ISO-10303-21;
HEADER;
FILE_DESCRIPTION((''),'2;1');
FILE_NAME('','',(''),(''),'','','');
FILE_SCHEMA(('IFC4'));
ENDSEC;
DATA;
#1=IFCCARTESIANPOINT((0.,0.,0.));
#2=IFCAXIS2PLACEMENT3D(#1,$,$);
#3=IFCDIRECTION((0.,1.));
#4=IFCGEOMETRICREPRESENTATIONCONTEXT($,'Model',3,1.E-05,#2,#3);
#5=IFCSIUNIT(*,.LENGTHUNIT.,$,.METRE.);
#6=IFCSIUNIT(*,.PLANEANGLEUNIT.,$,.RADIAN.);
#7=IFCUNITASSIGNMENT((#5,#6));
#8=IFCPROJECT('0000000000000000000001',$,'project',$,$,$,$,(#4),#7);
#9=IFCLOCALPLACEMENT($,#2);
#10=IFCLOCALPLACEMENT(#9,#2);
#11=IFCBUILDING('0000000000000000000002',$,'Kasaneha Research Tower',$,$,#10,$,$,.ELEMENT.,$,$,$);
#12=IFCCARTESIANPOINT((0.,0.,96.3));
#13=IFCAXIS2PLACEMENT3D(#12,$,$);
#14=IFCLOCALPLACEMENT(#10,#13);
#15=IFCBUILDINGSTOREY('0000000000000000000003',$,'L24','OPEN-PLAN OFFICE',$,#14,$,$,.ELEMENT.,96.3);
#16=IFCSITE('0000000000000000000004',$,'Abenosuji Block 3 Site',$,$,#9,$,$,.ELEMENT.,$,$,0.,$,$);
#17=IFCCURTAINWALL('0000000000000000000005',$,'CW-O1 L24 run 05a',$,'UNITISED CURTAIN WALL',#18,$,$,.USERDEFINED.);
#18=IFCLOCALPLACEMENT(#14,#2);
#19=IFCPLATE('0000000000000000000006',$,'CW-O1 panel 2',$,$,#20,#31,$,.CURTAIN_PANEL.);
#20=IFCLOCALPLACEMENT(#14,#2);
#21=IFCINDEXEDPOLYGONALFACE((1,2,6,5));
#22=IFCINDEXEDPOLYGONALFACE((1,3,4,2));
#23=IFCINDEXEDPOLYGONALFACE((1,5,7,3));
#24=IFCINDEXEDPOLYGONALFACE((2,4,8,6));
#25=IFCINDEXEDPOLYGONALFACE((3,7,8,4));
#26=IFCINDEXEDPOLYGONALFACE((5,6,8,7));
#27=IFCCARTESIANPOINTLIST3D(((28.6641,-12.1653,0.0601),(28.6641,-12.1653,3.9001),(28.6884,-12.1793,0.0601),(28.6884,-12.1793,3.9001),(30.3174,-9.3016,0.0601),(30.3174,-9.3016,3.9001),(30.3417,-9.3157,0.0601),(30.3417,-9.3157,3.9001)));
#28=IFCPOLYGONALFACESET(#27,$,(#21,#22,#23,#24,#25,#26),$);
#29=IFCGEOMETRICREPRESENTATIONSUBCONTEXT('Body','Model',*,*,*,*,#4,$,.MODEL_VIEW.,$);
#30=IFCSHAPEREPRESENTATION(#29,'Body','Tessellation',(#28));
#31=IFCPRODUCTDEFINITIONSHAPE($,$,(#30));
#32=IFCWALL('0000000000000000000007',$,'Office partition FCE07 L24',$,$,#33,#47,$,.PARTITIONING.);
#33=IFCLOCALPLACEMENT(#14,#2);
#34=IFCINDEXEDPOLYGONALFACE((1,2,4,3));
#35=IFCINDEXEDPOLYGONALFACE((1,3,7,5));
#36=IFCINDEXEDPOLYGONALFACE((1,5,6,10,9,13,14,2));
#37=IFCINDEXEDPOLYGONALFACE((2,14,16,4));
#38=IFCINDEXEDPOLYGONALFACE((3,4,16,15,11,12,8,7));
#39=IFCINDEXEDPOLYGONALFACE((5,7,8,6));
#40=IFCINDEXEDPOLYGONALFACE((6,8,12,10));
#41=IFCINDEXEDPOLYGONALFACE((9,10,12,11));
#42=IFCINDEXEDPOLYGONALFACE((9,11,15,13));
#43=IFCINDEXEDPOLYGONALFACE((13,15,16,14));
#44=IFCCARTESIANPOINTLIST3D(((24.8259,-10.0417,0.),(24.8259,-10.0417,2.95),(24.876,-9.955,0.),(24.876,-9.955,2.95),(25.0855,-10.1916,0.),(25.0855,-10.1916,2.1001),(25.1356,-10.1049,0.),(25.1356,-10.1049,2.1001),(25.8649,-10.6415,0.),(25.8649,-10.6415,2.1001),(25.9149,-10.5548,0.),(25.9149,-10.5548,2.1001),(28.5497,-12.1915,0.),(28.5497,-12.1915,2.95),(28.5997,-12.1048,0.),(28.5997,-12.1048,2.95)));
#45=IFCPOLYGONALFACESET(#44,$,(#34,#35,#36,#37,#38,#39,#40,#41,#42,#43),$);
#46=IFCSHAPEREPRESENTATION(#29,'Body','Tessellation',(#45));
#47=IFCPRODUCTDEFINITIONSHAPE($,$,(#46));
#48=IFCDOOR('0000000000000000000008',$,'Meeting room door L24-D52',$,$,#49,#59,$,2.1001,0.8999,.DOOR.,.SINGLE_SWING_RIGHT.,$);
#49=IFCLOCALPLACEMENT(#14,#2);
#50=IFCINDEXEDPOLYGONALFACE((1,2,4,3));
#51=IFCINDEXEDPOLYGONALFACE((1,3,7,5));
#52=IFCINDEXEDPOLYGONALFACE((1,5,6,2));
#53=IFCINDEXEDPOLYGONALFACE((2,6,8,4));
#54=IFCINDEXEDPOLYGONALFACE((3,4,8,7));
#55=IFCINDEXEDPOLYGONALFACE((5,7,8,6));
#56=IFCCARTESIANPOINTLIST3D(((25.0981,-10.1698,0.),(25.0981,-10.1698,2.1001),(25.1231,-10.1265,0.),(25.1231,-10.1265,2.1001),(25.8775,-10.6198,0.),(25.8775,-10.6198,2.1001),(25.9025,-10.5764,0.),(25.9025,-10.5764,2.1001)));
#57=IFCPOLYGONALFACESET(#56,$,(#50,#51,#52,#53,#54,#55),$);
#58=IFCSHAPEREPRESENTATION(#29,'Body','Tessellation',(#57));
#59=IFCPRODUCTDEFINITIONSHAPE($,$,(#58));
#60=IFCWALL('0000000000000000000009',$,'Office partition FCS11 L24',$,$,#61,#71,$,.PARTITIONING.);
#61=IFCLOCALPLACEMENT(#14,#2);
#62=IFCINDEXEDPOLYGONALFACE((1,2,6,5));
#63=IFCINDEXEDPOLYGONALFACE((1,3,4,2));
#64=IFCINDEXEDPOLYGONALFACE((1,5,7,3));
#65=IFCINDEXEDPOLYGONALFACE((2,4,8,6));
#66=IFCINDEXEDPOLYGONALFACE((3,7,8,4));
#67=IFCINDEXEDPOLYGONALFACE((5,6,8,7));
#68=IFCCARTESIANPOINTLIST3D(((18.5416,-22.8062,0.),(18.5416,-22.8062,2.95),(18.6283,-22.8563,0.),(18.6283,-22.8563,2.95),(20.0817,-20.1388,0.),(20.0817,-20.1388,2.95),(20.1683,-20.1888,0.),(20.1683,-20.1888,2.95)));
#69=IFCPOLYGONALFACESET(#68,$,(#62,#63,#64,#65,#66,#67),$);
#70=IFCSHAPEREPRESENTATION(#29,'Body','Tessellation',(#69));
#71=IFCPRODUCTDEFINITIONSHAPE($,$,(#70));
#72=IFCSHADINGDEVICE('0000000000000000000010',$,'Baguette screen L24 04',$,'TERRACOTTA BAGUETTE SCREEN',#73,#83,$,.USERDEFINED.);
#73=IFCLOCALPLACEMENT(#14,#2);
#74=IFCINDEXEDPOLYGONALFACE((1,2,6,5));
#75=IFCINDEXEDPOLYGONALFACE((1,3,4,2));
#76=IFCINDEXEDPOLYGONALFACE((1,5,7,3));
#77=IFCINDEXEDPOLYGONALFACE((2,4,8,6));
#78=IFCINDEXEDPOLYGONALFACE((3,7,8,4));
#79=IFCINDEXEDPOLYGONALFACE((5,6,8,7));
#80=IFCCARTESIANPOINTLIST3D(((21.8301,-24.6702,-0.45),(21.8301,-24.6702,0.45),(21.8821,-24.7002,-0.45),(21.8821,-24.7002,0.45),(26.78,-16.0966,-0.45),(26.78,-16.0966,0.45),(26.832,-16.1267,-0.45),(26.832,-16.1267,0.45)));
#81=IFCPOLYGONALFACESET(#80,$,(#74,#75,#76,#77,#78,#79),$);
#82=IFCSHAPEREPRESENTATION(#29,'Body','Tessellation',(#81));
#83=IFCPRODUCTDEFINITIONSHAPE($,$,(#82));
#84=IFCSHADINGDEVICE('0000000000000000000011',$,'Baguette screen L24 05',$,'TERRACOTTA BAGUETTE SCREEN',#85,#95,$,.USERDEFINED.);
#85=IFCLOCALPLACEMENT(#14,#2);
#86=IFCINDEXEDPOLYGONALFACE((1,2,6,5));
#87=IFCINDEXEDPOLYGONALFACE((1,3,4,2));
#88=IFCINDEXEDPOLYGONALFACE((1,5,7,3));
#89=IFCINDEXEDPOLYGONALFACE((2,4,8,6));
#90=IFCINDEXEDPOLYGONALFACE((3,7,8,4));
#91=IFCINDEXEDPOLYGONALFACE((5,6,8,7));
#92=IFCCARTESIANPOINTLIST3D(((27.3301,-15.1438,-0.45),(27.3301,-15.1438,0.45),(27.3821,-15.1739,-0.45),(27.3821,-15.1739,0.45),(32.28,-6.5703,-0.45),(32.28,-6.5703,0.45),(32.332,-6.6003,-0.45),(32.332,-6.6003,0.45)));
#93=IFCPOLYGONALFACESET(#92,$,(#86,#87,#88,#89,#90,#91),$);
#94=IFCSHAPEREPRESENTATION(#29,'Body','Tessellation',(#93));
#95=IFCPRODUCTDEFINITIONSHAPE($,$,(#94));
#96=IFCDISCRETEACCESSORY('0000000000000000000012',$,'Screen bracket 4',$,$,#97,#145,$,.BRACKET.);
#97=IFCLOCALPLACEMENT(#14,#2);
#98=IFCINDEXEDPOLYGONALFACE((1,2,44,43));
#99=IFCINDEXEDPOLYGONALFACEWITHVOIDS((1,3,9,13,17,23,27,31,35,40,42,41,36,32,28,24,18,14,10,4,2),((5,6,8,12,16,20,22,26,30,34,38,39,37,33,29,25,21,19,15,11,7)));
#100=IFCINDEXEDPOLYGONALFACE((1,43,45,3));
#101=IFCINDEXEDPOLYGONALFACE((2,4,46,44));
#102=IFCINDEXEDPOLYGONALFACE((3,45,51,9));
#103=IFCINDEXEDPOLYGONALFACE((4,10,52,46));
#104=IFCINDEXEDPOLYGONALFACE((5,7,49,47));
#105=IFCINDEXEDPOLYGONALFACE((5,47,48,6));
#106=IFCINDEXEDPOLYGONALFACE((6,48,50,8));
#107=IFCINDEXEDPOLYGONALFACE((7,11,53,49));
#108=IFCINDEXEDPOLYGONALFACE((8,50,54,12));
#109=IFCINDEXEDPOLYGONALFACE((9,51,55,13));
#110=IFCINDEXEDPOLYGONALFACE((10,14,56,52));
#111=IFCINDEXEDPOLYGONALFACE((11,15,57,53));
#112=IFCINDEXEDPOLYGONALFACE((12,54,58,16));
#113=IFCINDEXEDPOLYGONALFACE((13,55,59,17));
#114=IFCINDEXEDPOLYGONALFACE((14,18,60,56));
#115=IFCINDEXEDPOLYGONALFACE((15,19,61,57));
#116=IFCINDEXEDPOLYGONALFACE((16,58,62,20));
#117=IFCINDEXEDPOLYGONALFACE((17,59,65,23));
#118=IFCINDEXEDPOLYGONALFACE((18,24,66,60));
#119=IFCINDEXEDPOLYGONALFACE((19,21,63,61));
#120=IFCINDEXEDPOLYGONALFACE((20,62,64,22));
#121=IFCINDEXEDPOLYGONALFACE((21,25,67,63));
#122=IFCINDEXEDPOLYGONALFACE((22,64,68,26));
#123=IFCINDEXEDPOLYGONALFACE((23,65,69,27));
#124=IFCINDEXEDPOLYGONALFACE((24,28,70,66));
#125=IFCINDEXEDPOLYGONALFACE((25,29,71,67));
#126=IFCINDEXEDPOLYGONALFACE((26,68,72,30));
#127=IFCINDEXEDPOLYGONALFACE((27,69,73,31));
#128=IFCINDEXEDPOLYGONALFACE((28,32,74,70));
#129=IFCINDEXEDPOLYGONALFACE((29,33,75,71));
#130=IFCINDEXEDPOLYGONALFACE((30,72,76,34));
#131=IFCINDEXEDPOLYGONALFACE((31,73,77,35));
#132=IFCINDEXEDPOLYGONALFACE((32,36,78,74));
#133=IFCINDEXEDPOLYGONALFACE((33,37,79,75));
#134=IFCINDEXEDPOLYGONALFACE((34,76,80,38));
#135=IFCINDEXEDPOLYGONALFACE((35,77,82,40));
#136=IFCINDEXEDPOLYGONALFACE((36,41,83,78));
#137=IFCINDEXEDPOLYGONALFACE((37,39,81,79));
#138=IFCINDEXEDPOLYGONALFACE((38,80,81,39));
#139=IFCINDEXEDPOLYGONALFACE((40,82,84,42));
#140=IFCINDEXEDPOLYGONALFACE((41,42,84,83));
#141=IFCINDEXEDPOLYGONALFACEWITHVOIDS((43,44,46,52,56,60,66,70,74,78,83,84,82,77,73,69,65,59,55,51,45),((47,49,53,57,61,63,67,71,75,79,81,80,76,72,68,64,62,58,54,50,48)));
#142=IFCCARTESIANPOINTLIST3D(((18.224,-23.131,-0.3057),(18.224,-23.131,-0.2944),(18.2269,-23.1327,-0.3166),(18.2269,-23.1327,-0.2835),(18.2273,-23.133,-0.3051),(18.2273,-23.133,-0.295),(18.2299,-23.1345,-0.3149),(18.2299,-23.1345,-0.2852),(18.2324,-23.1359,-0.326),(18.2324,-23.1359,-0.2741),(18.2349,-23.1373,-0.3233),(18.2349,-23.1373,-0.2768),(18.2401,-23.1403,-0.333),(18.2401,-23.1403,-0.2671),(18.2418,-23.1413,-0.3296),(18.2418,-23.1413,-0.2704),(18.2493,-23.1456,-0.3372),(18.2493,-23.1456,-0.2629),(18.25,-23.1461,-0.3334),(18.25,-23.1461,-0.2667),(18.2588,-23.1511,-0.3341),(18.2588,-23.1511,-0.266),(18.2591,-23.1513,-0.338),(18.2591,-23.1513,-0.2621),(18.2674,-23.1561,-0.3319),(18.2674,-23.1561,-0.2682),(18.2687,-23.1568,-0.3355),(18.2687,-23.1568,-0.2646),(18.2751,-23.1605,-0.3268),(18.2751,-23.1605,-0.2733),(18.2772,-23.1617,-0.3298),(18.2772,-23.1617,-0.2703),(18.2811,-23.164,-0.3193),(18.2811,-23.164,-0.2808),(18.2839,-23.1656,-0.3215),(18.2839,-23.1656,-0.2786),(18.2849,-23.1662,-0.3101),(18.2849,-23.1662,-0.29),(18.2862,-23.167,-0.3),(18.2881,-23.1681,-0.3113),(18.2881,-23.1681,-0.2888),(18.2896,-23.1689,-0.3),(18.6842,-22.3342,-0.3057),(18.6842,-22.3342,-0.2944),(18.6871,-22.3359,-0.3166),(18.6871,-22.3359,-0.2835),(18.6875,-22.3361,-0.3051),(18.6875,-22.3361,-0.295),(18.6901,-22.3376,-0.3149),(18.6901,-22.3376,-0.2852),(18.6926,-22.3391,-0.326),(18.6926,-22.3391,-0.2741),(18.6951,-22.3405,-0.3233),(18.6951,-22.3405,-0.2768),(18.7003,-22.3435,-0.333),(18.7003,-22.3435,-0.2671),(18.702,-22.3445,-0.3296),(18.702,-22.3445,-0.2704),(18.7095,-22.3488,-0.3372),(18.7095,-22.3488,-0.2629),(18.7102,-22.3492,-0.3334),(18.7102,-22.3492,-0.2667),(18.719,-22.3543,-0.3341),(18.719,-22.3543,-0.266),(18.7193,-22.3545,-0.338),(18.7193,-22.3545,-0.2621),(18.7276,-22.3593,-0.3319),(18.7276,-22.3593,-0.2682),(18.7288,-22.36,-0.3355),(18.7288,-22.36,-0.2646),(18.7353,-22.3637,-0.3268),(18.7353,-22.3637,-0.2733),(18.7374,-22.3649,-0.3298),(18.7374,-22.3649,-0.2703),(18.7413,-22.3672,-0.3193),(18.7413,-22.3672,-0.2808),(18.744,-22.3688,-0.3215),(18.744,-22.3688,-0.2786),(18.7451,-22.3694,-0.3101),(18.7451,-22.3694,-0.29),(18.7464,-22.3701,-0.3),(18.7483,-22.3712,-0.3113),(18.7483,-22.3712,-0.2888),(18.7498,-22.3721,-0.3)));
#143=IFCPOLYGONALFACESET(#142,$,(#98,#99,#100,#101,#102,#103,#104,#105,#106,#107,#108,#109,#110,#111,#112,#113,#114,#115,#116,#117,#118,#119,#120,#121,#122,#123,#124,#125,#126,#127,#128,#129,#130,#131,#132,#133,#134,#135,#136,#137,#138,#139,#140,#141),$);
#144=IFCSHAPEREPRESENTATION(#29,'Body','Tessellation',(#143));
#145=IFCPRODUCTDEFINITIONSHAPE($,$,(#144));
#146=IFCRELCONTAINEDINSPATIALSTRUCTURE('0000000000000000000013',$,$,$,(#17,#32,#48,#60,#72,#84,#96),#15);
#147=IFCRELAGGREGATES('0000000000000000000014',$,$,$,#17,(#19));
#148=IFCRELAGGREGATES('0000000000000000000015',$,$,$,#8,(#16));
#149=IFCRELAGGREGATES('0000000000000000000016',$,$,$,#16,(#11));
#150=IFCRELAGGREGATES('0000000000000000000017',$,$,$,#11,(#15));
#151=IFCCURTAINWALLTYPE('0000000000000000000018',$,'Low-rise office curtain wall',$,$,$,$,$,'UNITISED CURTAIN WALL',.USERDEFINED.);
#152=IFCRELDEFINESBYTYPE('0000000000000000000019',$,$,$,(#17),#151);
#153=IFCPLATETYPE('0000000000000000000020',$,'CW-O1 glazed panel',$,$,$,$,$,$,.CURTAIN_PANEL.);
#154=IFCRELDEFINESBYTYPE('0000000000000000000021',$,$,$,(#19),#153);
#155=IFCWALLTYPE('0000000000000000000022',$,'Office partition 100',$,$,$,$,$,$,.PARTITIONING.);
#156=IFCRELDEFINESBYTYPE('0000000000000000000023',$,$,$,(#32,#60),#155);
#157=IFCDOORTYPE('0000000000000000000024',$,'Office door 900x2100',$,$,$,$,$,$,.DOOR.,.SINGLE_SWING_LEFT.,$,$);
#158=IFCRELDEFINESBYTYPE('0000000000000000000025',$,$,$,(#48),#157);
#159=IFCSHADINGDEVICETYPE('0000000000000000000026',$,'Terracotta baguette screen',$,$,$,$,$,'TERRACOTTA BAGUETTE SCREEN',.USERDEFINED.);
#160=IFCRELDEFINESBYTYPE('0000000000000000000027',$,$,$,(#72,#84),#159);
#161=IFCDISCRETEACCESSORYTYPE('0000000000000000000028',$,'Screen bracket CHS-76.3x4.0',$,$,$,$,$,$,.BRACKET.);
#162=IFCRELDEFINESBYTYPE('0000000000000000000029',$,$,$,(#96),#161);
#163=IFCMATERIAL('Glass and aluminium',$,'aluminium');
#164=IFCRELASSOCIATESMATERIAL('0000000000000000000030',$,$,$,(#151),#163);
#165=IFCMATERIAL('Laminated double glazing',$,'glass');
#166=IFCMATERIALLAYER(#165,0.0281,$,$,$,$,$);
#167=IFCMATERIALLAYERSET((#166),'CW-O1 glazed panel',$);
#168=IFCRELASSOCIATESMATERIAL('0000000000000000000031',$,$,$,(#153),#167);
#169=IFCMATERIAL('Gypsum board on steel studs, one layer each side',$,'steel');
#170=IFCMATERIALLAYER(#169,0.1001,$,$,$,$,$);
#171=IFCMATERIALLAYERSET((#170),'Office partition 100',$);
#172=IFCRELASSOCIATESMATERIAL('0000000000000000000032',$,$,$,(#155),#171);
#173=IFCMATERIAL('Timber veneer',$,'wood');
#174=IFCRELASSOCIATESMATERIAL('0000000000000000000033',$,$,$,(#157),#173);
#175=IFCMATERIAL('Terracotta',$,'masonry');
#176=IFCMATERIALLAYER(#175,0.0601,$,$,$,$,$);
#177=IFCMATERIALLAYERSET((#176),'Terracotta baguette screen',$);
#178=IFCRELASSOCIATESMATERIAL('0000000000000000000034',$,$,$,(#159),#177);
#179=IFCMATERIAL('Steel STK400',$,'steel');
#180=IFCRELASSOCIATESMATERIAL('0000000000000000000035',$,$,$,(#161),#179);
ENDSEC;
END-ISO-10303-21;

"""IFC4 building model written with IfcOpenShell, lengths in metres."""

from ifc_helpers import new_model, si_unit, direction, frame, frame_2d, origin, origin_2d, place, context, subcontext, project, spatial, rectangle, hollow_circle, extrude, material, layer, layer_set, material_profile, profile_set, type_object, element, fill, aggregate, save


model = new_model("IFC4")

# Units and contexts
model_context = context("Model", 3, precision=1e-05, world=origin(), true_north=direction((0.0, 1.0)))
body_context = subcontext(model_context, "Body", "Model", "MODEL_VIEW")
ifc_project = project(units=[si_unit("LENGTHUNIT", "METRE"), si_unit("PLANEANGLEUNIT", "RADIAN")], contexts=[model_context])

# Site, building, storey
site_placement = place(None, origin())
site = spatial("IfcSite", under=ifc_project, at=site_placement, Name="Abenosuji Block 3 Site", CompositionType="ELEMENT", RefElevation=0.0)
building_placement = place(site_placement, origin())
building = spatial("IfcBuilding", under=site, at=building_placement, Name="Kasaneha Research Tower", CompositionType="ELEMENT")
storey_placement = place(building_placement, frame((0.0, 0.0, 96.3)))
storey = spatial("IfcBuildingStorey", under=building, at=storey_placement, Name="L24", Description="OPEN-PLAN OFFICE", CompositionType="ELEMENT", Elevation=96.3)

# Curtain wall
ifc_material_1 = material(Name="Glass and aluminium", Category="aluminium")
curtain_wall_type = type_object("IfcCurtainWallType", Name="Low-rise office curtain wall", ElementType="UNITISED CURTAIN WALL", PredefinedType="USERDEFINED", material=ifc_material_1)
curtain_wall_1_placement = place(storey_placement, origin())
curtain_wall_1 = element("IfcCurtainWall", 1, at=curtain_wall_1_placement, inside=storey, type_object=curtain_wall_type, Name="CW-O1 L24 run 05a", ObjectType="UNITISED CURTAIN WALL", PredefinedType="USERDEFINED")

# Plate
ifc_material_2 = material(Name="Laminated double glazing", Category="glass")
ifc_layer_1 = layer(ifc_material_2, 0.0281)
ifc_layer_set_1 = layer_set([ifc_layer_1], Name="CW-O1 glazed panel")
plate_type = type_object("IfcPlateType", Name="CW-O1 glazed panel", PredefinedType="CURTAIN_PANEL", material=ifc_layer_set_1)
plate_1_placement = place(storey_placement, frame((29.5029, -10.7405, 0.0601), z_axis=(0.0, 0.0, 1.0), x_axis=(0.5, 0.866025, 0.0)))
plate_1 = element("IfcPlate", 2, at=plate_1_placement, type_object=plate_type, Name="CW-O1 panel 2", PredefinedType="CURTAIN_PANEL", context=body_context, shape_type="SweptSolid", body=[
    extrude(rectangle(XDim=3.3066, YDim=0.0281, at=origin_2d()), origin(), (0.0, 0.0, 1.0), 3.8401),
])
aggregate(curtain_wall_1, [plate_1])

# Wall, opening, door
ifc_material_3 = material(Name="Gypsum board on steel studs, one layer each side", Category="steel")
ifc_layer_2 = layer(ifc_material_3, 0.1001)
ifc_layer_set_2 = layer_set([ifc_layer_2], Name="Office partition 100")
wall_type = type_object("IfcWallType", Name="Office partition 100", PredefinedType="PARTITIONING", material=ifc_layer_set_2)
wall_1_placement = place(storey_placement, frame((28.5747, -12.1482, 0.0), z_axis=(0.0, 0.0, 1.0), x_axis=(-0.866033, 0.499986, 0.0)))
wall_1 = element("IfcWall", 3, at=wall_1_placement, inside=storey, type_object=wall_type, Name="Office partition FCE07 L24", PredefinedType="PARTITIONING", context=body_context, shape_type="SweptSolid", body=[
    extrude(rectangle(XDim=4.2998, YDim=0.1001, at=frame_2d((2.1499, 0.0))), origin(), (0.0, 0.0, 1.0), 2.95),
])
opening_placement = place(wall_1_placement, frame((3.1001, 0.0, 0.0)))
opening = element("IfcOpeningElement", 4, at=opening_placement, cuts=wall_1, PredefinedType="OPENING", context=body_context, shape_type="SweptSolid", body=[
    extrude(rectangle(XDim=0.8999, YDim=2.1001, at=frame_2d((0.45, 1.05))), frame((0.0, 0.0601, 0.0), z_axis=(0.0, -1.0, 0.0), x_axis=(1.0, 0.0, 0.0)), (0.0, 0.0, 1.0), 0.1201),
])
ifc_material_4 = material(Name="Timber veneer", Category="wood")
door_type = type_object("IfcDoorType", Name="Office door 900x2100", OperationType="SINGLE_SWING_LEFT", PredefinedType="DOOR", material=ifc_material_4)
door_placement = place(opening_placement, origin())
door = element("IfcDoor", 5, at=door_placement, inside=storey, type_object=door_type, Name="Meeting room door L24-D52", OperationType="SINGLE_SWING_RIGHT", OverallHeight=2.1001, OverallWidth=0.8999, PredefinedType="DOOR", context=body_context, shape_type="SweptSolid", body=[
    extrude(rectangle(XDim=0.8999, YDim=2.1001, at=frame_2d((0.45, 1.05))), frame((0.0, 0.0249, 0.0), z_axis=(0.0, -1.0, 0.0), x_axis=(1.0, 0.0, 0.0)), (0.0, 0.0, 1.0), 0.05),
])
fill(opening, door)

# Wall
wall_2_placement = place(storey_placement, frame((20.125, -20.1638, 0.0), z_axis=(0.0, 0.0, 1.0), x_axis=(-0.499992, -0.86603, 0.0)))
element("IfcWall", 6, at=wall_2_placement, inside=storey, type_object=wall_type, Name="Office partition FCS11 L24", PredefinedType="PARTITIONING", context=body_context, shape_type="SweptSolid", body=[
    extrude(rectangle(XDim=3.0801, YDim=0.1001, at=frame_2d((1.54, 0.0))), origin(), (0.0, 0.0, 1.0), 2.95),
])

# Shading devices
ifc_material_5 = material(Name="Terracotta", Category="masonry")
ifc_layer_3 = layer(ifc_material_5, 0.0601)
ifc_layer_set_3 = layer_set([ifc_layer_3], Name="Terracotta baguette screen")
shading_device_type = type_object("IfcShadingDeviceType", Name="Terracotta baguette screen", ElementType="TERRACOTTA BAGUETTE SCREEN", PredefinedType="USERDEFINED", material=ifc_layer_set_3)
for number, where, z_axis, x_axis, name in (
    (7, (24.3311, -20.3984, -0.45), (0.0, 0.0, 1.0), (0.5, 0.866025, 0.0), "Baguette screen L24 04"),
    (8, (29.8311, -10.8721, -0.45), (0.0, 0.0, 1.0), (0.5, 0.866025, 0.0), "Baguette screen L24 05"),
):
    element("IfcShadingDevice", number, at=place(storey_placement, frame(where, z_axis=z_axis, x_axis=x_axis)), inside=storey, type_object=shading_device_type, Name=name, ObjectType="TERRACOTTA BAGUETTE SCREEN", PredefinedType="USERDEFINED", context=body_context, shape_type="SweptSolid", body=[
        extrude(rectangle(XDim=9.8999, YDim=0.0601, at=origin_2d()), origin(), (0.0, 0.0, 1.0), 0.8999),
    ])

# Discrete accessory
ifc_material_6 = material(Name="Steel STK400", Category="steel")
ifc_material_profile_1 = material_profile(ifc_material_6, hollow_circle(Radius=0.0381, WallThickness=0.0039, at=origin_2d()), Name="CHS-76.3x4.0")
ifc_profile_set_1 = profile_set([ifc_material_profile_1], Name="Steel STK400")
discrete_accessory_type = type_object("IfcDiscreteAccessoryType", Name="Screen bracket CHS-76.3x4.0", PredefinedType="BRACKET", material=ifc_profile_set_1)
discrete_accessory_1_placement = place(storey_placement, frame((18.7168, -22.353, -0.3), z_axis=(-0.500105, -0.865965, 0.0), x_axis=(0.865965, -0.500105, 0.0)))
element("IfcDiscreteAccessory", 9, at=discrete_accessory_1_placement, inside=storey, type_object=discrete_accessory_type, Name="Screen bracket 4", PredefinedType="BRACKET", context=body_context, shape_type="SweptSolid", body=[
    extrude(hollow_circle(Radius=0.0381, WallThickness=0.0039, at=origin_2d()), origin(), (0.0, 0.0, 1.0), 0.9202),
])

save(model, "model.ifc")
